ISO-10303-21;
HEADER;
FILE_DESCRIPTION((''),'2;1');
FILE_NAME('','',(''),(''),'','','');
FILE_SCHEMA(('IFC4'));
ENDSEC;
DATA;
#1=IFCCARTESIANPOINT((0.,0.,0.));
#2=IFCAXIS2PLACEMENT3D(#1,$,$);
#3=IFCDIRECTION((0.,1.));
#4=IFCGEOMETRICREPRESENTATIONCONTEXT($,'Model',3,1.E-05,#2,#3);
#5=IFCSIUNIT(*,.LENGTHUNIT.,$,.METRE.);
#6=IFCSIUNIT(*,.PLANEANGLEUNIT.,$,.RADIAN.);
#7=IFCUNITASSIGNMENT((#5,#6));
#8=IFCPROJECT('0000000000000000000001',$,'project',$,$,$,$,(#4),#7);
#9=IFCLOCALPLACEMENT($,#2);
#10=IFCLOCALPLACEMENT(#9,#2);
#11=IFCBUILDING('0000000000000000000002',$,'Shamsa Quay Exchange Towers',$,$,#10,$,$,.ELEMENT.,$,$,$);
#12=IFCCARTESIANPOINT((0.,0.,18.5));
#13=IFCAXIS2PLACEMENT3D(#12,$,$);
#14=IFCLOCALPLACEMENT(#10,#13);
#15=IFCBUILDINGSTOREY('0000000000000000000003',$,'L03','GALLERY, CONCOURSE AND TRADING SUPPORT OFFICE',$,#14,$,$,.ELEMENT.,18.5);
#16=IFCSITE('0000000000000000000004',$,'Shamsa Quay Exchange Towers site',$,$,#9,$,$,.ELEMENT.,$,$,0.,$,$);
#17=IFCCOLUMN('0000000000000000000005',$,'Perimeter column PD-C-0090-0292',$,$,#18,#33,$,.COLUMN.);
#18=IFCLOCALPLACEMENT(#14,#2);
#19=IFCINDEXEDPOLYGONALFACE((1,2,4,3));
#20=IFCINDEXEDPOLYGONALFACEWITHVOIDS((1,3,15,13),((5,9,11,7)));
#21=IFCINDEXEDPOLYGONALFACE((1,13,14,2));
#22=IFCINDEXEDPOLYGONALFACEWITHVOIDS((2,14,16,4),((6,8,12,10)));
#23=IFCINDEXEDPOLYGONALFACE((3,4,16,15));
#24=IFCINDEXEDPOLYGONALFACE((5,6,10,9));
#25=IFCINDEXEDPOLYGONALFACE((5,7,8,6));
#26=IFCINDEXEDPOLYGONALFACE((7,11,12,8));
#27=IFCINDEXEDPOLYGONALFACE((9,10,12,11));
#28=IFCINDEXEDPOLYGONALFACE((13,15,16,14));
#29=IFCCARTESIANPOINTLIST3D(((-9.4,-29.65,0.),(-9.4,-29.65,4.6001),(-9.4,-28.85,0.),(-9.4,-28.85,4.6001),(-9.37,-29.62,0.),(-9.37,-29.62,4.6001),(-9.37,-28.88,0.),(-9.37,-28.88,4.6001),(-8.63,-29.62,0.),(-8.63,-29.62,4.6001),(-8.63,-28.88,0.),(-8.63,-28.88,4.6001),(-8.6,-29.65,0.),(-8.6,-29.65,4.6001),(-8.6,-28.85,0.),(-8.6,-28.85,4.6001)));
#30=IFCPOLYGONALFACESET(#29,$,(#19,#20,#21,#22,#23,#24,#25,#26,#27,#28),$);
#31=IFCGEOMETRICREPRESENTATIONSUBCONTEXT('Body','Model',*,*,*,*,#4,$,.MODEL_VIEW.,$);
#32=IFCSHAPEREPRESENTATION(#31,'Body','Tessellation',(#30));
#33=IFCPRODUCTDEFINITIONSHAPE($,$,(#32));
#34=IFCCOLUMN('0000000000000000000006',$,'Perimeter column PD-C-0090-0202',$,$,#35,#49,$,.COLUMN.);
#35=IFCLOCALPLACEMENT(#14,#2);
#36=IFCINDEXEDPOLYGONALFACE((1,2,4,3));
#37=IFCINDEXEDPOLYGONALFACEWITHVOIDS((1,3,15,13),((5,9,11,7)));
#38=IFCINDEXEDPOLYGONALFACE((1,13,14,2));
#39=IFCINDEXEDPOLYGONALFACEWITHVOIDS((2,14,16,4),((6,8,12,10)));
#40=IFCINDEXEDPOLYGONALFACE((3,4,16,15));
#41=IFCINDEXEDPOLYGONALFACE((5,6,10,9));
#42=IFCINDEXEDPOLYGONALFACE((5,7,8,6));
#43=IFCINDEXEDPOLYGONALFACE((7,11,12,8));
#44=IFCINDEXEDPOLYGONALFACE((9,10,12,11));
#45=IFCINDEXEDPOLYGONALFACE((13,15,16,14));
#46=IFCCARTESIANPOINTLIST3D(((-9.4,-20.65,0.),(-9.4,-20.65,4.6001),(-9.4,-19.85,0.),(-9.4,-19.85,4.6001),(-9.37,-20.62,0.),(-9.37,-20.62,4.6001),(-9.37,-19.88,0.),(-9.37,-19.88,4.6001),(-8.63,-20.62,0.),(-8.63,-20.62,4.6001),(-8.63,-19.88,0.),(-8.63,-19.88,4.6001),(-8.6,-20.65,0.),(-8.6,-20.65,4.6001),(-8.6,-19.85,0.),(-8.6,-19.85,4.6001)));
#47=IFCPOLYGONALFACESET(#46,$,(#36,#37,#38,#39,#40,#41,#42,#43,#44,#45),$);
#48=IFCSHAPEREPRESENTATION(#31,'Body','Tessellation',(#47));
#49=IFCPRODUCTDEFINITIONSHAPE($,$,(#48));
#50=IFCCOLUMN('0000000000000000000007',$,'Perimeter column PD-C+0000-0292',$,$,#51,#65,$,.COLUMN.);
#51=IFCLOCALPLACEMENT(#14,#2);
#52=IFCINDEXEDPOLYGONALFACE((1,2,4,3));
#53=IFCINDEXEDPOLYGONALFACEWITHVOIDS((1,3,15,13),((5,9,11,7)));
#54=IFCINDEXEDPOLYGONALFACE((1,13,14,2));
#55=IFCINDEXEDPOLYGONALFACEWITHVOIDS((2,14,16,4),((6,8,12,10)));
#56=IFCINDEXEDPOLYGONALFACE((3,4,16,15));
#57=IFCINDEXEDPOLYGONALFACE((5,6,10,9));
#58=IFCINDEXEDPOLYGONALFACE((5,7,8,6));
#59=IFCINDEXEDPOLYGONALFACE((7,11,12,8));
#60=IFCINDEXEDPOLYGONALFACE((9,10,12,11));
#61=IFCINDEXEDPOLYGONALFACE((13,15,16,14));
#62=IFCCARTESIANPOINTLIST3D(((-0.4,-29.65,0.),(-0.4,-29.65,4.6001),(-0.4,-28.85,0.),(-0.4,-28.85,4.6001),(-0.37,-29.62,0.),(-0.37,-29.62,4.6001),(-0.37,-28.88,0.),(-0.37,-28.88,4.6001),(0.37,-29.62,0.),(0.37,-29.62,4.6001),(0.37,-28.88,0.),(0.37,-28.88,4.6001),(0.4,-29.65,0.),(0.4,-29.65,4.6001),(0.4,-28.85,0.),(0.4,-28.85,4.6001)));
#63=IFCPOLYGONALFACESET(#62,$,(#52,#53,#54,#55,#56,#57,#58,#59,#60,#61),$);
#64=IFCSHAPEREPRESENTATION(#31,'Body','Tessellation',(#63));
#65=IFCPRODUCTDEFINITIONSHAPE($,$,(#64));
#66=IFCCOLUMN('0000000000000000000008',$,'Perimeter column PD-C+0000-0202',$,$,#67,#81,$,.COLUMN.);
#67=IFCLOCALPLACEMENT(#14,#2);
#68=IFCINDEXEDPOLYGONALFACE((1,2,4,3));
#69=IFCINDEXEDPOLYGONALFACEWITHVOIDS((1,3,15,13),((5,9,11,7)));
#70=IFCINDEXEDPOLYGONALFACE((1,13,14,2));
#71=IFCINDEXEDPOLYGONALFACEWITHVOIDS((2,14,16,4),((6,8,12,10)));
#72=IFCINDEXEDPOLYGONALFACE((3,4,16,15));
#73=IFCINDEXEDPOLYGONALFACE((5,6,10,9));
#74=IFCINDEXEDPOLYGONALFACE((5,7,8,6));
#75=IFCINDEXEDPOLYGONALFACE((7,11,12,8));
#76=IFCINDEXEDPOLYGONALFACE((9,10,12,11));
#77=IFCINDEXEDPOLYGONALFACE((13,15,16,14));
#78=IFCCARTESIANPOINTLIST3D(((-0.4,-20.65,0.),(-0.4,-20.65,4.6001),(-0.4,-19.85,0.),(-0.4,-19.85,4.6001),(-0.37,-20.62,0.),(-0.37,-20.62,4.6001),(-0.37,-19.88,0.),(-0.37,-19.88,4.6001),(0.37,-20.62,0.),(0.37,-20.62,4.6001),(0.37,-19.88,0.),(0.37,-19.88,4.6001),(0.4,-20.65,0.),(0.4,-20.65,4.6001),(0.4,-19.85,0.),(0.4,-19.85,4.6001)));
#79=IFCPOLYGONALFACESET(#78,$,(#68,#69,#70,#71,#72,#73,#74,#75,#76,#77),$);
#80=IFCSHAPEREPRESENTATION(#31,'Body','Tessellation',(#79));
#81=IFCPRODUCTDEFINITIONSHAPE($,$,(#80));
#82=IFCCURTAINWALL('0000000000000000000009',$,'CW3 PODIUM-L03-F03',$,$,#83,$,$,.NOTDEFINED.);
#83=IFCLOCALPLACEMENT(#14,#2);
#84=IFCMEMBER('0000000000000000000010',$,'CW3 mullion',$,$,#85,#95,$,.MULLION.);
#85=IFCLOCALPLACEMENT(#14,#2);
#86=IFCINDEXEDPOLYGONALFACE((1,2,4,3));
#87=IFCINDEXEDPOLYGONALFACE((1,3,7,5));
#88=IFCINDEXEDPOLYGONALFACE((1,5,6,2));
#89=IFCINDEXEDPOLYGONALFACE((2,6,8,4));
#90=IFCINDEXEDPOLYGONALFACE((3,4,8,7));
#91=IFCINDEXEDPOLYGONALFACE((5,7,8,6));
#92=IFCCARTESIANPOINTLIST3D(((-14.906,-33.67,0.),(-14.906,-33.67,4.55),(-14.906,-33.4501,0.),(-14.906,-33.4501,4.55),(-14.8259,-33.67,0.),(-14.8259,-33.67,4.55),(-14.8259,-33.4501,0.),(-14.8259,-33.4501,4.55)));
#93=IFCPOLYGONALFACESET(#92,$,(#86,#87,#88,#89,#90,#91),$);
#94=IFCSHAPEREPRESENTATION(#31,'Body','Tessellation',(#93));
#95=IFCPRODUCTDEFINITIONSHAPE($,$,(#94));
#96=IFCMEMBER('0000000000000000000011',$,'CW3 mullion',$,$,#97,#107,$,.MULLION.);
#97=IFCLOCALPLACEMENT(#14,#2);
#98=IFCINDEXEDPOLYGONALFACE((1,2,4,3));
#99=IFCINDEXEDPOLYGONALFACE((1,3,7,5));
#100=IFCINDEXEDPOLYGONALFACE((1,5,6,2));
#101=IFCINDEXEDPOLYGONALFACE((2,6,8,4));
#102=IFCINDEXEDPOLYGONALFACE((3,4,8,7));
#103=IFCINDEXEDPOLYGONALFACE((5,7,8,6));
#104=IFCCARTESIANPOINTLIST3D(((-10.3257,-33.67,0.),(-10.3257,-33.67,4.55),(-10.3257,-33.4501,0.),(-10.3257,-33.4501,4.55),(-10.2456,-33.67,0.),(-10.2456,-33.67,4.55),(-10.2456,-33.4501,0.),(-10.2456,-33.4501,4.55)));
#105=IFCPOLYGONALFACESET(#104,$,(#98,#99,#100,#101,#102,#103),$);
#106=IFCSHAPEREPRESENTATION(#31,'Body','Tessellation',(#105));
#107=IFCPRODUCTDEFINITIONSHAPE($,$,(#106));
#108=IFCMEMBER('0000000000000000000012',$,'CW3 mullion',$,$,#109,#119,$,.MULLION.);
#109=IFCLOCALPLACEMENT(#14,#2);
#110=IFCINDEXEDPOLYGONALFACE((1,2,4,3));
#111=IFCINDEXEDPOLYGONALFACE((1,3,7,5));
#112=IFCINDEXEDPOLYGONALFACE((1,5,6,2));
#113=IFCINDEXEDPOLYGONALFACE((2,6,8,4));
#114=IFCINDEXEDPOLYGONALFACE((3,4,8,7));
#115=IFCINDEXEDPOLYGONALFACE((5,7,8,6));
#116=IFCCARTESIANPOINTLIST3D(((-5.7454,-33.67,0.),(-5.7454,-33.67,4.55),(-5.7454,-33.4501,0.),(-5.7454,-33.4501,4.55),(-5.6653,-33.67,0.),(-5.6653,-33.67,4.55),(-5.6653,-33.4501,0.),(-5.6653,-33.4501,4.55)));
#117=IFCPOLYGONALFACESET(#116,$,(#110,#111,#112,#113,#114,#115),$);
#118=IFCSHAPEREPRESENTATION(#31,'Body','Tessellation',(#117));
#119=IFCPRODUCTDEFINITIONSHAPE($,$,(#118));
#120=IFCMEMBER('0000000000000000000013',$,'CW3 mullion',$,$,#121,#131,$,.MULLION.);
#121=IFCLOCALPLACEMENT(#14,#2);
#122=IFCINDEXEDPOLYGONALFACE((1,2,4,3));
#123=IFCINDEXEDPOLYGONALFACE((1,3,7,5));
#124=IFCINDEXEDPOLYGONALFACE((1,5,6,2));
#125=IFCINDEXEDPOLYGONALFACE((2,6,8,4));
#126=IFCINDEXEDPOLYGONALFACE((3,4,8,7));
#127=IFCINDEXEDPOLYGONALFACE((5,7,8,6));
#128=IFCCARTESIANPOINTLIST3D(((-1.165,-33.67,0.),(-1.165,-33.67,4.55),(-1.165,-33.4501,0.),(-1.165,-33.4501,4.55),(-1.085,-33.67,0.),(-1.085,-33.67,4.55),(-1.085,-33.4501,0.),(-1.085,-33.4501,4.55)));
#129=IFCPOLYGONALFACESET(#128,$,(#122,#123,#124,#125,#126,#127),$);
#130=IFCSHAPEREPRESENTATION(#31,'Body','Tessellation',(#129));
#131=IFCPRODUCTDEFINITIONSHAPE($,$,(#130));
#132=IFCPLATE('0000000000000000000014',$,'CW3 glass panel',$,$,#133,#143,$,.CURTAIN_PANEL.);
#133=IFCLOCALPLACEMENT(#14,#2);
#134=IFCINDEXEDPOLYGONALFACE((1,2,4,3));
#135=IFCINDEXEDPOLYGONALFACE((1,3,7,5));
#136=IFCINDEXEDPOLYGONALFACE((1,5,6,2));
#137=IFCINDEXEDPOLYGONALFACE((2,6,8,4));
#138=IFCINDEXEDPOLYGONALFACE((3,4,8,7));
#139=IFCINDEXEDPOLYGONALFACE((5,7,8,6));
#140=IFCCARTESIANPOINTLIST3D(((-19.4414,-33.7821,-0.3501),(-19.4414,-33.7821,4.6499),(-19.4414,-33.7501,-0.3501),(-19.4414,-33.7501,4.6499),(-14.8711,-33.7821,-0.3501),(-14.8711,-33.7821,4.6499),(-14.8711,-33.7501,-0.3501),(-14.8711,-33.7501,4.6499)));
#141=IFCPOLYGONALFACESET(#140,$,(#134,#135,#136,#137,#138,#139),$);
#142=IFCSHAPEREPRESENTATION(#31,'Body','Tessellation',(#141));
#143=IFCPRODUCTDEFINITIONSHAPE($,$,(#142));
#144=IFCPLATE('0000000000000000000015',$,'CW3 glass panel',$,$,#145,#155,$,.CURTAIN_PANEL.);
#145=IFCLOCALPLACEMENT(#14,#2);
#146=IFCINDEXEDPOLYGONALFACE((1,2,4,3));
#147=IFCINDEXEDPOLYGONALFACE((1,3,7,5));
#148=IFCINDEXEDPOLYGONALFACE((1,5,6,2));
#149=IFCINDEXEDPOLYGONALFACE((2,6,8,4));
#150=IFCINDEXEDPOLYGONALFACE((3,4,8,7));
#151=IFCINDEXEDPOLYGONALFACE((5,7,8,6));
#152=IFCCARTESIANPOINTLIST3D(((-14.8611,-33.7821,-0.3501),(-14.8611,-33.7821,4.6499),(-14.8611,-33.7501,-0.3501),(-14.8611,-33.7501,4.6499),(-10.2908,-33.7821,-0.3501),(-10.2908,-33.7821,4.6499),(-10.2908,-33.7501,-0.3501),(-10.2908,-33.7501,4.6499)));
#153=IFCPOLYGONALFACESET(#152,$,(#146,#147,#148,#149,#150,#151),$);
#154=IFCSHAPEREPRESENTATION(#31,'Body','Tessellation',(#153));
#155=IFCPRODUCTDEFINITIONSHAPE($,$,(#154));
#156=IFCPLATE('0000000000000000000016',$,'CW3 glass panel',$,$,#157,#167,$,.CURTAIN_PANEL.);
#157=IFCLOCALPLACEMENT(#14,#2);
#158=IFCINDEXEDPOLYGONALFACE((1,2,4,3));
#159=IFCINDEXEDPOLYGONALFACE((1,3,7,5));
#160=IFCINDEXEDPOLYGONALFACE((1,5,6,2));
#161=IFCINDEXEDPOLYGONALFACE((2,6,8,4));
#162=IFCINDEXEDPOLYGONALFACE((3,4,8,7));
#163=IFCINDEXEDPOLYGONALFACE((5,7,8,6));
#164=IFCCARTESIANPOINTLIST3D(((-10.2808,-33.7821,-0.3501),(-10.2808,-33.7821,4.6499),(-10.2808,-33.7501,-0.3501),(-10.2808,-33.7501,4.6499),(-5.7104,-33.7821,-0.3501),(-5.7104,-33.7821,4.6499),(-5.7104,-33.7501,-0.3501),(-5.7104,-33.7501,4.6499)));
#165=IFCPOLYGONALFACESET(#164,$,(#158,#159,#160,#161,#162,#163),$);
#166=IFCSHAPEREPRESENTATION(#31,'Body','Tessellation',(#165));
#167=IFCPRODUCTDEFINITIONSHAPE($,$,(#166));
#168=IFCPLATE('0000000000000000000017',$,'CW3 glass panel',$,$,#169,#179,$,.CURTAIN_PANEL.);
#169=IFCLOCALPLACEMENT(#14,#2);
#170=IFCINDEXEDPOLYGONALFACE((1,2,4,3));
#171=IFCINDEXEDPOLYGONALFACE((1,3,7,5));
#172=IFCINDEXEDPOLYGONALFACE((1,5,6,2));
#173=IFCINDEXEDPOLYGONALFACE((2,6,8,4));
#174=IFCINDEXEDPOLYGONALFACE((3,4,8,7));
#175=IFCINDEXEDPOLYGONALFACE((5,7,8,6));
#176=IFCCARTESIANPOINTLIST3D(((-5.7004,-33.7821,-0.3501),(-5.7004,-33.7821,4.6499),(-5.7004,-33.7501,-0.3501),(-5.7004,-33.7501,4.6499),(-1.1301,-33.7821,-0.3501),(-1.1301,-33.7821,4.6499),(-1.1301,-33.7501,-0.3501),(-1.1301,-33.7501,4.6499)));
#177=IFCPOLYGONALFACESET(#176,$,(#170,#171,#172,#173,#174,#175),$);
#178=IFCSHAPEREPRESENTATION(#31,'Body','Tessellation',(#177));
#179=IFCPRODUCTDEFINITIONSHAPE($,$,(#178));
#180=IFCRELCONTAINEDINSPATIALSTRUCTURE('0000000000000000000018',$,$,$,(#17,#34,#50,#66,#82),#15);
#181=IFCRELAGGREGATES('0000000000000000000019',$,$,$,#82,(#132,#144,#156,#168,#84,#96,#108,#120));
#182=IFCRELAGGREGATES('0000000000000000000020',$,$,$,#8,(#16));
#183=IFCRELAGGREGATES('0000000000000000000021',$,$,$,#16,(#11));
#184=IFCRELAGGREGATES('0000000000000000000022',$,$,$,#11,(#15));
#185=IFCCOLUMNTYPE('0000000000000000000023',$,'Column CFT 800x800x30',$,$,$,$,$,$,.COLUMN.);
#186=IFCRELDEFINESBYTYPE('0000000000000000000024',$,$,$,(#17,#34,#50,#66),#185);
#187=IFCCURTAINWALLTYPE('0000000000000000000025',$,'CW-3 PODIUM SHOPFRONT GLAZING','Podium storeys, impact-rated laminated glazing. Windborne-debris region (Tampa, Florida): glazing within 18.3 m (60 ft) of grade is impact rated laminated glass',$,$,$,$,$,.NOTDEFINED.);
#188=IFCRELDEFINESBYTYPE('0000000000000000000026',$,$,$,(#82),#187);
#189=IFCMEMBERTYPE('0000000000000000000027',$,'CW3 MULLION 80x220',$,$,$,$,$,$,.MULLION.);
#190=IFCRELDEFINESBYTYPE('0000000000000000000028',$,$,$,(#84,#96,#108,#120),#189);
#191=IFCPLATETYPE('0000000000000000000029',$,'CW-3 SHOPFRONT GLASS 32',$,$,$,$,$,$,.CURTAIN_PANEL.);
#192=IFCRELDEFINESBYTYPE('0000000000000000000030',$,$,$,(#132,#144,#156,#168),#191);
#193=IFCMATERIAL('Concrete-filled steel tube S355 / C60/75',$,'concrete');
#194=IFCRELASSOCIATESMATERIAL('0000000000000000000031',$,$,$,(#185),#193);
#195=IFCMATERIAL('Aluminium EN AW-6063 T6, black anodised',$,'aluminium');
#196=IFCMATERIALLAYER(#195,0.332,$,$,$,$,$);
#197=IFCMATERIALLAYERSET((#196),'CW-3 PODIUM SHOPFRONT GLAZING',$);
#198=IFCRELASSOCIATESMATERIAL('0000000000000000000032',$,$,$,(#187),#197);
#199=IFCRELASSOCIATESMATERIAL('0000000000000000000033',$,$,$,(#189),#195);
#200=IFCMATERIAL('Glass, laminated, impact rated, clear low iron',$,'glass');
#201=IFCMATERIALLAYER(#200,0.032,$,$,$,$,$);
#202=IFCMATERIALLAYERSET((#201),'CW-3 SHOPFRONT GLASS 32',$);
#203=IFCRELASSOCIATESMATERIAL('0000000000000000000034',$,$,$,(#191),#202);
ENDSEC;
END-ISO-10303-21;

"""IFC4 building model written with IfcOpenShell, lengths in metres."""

from ifc_helpers import new_model, si_unit, direction, frame, origin, origin_2d, place, context, subcontext, project, spatial, rectangle, hollow_rectangle, extrude, material, layer, layer_set, material_profile, profile_set, type_object, element, aggregate, save


model = new_model("IFC4")

# Units and contexts
model_context = context("Model", 3, precision=1e-05, world=origin(), true_north=direction((0.0, 1.0)))
body_context = subcontext(model_context, "Body", "Model", "MODEL_VIEW")
ifc_project = project(units=[si_unit("LENGTHUNIT", "METRE"), si_unit("PLANEANGLEUNIT", "RADIAN")], contexts=[model_context])

# Site, building, storey
site_placement = place(None, origin())
site = spatial("IfcSite", under=ifc_project, at=site_placement, Name="Shamsa Quay Exchange Towers site", CompositionType="ELEMENT", RefElevation=0.0)
building_placement = place(site_placement, origin())
building = spatial("IfcBuilding", under=site, at=building_placement, Name="Shamsa Quay Exchange Towers", CompositionType="ELEMENT")
storey_placement = place(building_placement, frame((0.0, 0.0, 18.5)))
storey = spatial("IfcBuildingStorey", under=building, at=storey_placement, Name="L03", Description="GALLERY, CONCOURSE AND TRADING SUPPORT OFFICE", CompositionType="ELEMENT", Elevation=18.5)

# Columns
ifc_material_1 = material(Name="Concrete-filled steel tube S355 / C60/75", Category="concrete")
ifc_material_profile_1 = material_profile(ifc_material_1, hollow_rectangle(XDim=0.8, YDim=0.8, WallThickness=0.03, at=origin_2d()), Name="CFT 800x800x30")
ifc_profile_set_1 = profile_set([ifc_material_profile_1], Name="Concrete-filled steel tube S355 / C60/75")
column_type = type_object("IfcColumnType", Name="Column CFT 800x800x30", PredefinedType="COLUMN", material=ifc_profile_set_1)
for number, where, name in (
    (1, (-9.0, -29.25, 0.0), "Perimeter column PD-C-0090-0292"),
    (2, (-9.0, -20.25, 0.0), "Perimeter column PD-C-0090-0202"),
    (3, (0.0, -29.25, 0.0), "Perimeter column PD-C+0000-0292"),
    (4, (0.0, -20.25, 0.0), "Perimeter column PD-C+0000-0202"),
):
    element("IfcColumn", number, at=place(storey_placement, frame(where)), inside=storey, type_object=column_type, Name=name, PredefinedType="COLUMN", context=body_context, shape_type="SweptSolid", body=[
        extrude(hollow_rectangle(XDim=0.8, YDim=0.8, WallThickness=0.03, at=origin_2d()), origin(), (0.0, 0.0, 1.0), 4.6001),
    ])

# Curtain wall, members, plates
ifc_material_2 = material(Name="Aluminium EN AW-6063 T6, black anodised", Category="aluminium")
ifc_layer_1 = layer(ifc_material_2, 0.332)
ifc_layer_set_1 = layer_set([ifc_layer_1], Name="CW-3 PODIUM SHOPFRONT GLAZING")
curtain_wall_type = type_object("IfcCurtainWallType", Name="CW-3 PODIUM SHOPFRONT GLAZING", Description="Podium storeys, impact-rated laminated glazing. Windborne-debris region (Tampa, Florida): glazing within 18.3 m (60 ft) of grade is impact rated laminated glass", PredefinedType="NOTDEFINED", material=ifc_layer_set_1)
curtain_wall_placement = place(storey_placement, origin())
curtain_wall = element("IfcCurtainWall", 5, at=curtain_wall_placement, inside=storey, type_object=curtain_wall_type, Name="CW3 PODIUM-L03-F03", PredefinedType="NOTDEFINED")
ifc_material_profile_2 = material_profile(ifc_material_2, rectangle(XDim=0.22, YDim=0.0801, at=origin_2d()), Name="MU80x220")
ifc_profile_set_2 = profile_set([ifc_material_profile_2], Name="Aluminium EN AW-6063 T6, black anodised")
member_type = type_object("IfcMemberType", Name="CW3 MULLION 80x220", PredefinedType="MULLION", material=ifc_profile_set_2)
member_1_placement = place(storey_placement, frame((-14.866, -33.5601, 0.0), z_axis=(0.0, 0.0, 1.0), x_axis=(0.0, 1.0, 0.0)))
member_1 = element("IfcMember", 6, at=member_1_placement, type_object=member_type, Name="CW3 mullion", PredefinedType="MULLION", context=body_context, shape_type="SweptSolid", body=[
    extrude(rectangle(XDim=0.22, YDim=0.0801, at=origin_2d()), origin(), (0.0, 0.0, 1.0), 4.55),
])
member_2_placement = place(storey_placement, frame((-10.2856, -33.5601, 0.0), z_axis=(0.0, 0.0, 1.0), x_axis=(0.0, 1.0, 0.0)))
member_2 = element("IfcMember", 7, at=member_2_placement, type_object=member_type, Name="CW3 mullion", PredefinedType="MULLION", context=body_context, shape_type="SweptSolid", body=[
    extrude(rectangle(XDim=0.22, YDim=0.0801, at=origin_2d()), origin(), (0.0, 0.0, 1.0), 4.55),
])
member_3_placement = place(storey_placement, frame((-5.7053, -33.5601, 0.0), z_axis=(0.0, 0.0, 1.0), x_axis=(0.0, 1.0, 0.0)))
member_3 = element("IfcMember", 8, at=member_3_placement, type_object=member_type, Name="CW3 mullion", PredefinedType="MULLION", context=body_context, shape_type="SweptSolid", body=[
    extrude(rectangle(XDim=0.22, YDim=0.0801, at=origin_2d()), origin(), (0.0, 0.0, 1.0), 4.55),
])
member_4_placement = place(storey_placement, frame((-1.125, -33.5601, 0.0), z_axis=(0.0, 0.0, 1.0), x_axis=(0.0, 1.0, 0.0)))
member_4 = element("IfcMember", 9, at=member_4_placement, type_object=member_type, Name="CW3 mullion", PredefinedType="MULLION", context=body_context, shape_type="SweptSolid", body=[
    extrude(rectangle(XDim=0.22, YDim=0.0801, at=origin_2d()), origin(), (0.0, 0.0, 1.0), 4.55),
])
ifc_material_3 = material(Name="Glass, laminated, impact rated, clear low iron", Category="glass")
ifc_layer_2 = layer(ifc_material_3, 0.032)
ifc_layer_set_2 = layer_set([ifc_layer_2], Name="CW-3 SHOPFRONT GLASS 32")
plate_type = type_object("IfcPlateType", Name="CW-3 SHOPFRONT GLASS 32", PredefinedType="CURTAIN_PANEL", material=ifc_layer_set_2)
plate_1_placement = place(storey_placement, frame((-17.1562, -33.7661, -0.3501)))
plate_1 = element("IfcPlate", 10, at=plate_1_placement, type_object=plate_type, Name="CW3 glass panel", PredefinedType="CURTAIN_PANEL", context=body_context, shape_type="SweptSolid", body=[
    extrude(rectangle(XDim=4.5703, YDim=0.032, at=origin_2d()), origin(), (0.0, 0.0, 1.0), 5.0),
])
plate_2_placement = place(storey_placement, frame((-12.5759, -33.7661, -0.3501)))
plate_2 = element("IfcPlate", 11, at=plate_2_placement, type_object=plate_type, Name="CW3 glass panel", PredefinedType="CURTAIN_PANEL", context=body_context, shape_type="SweptSolid", body=[
    extrude(rectangle(XDim=4.5703, YDim=0.032, at=origin_2d()), origin(), (0.0, 0.0, 1.0), 5.0),
])
plate_3_placement = place(storey_placement, frame((-7.9956, -33.7661, -0.3501)))
plate_3 = element("IfcPlate", 12, at=plate_3_placement, type_object=plate_type, Name="CW3 glass panel", PredefinedType="CURTAIN_PANEL", context=body_context, shape_type="SweptSolid", body=[
    extrude(rectangle(XDim=4.5703, YDim=0.032, at=origin_2d()), origin(), (0.0, 0.0, 1.0), 5.0),
])
plate_4_placement = place(storey_placement, frame((-3.4153, -33.7661, -0.3501)))
plate_4 = element("IfcPlate", 13, at=plate_4_placement, type_object=plate_type, Name="CW3 glass panel", PredefinedType="CURTAIN_PANEL", context=body_context, shape_type="SweptSolid", body=[
    extrude(rectangle(XDim=4.5703, YDim=0.032, at=origin_2d()), origin(), (0.0, 0.0, 1.0), 5.0),
])
aggregate(curtain_wall, [plate_1, plate_2, plate_3, plate_4, member_1, member_2, member_3, member_4])

save(model, "model.ifc")
